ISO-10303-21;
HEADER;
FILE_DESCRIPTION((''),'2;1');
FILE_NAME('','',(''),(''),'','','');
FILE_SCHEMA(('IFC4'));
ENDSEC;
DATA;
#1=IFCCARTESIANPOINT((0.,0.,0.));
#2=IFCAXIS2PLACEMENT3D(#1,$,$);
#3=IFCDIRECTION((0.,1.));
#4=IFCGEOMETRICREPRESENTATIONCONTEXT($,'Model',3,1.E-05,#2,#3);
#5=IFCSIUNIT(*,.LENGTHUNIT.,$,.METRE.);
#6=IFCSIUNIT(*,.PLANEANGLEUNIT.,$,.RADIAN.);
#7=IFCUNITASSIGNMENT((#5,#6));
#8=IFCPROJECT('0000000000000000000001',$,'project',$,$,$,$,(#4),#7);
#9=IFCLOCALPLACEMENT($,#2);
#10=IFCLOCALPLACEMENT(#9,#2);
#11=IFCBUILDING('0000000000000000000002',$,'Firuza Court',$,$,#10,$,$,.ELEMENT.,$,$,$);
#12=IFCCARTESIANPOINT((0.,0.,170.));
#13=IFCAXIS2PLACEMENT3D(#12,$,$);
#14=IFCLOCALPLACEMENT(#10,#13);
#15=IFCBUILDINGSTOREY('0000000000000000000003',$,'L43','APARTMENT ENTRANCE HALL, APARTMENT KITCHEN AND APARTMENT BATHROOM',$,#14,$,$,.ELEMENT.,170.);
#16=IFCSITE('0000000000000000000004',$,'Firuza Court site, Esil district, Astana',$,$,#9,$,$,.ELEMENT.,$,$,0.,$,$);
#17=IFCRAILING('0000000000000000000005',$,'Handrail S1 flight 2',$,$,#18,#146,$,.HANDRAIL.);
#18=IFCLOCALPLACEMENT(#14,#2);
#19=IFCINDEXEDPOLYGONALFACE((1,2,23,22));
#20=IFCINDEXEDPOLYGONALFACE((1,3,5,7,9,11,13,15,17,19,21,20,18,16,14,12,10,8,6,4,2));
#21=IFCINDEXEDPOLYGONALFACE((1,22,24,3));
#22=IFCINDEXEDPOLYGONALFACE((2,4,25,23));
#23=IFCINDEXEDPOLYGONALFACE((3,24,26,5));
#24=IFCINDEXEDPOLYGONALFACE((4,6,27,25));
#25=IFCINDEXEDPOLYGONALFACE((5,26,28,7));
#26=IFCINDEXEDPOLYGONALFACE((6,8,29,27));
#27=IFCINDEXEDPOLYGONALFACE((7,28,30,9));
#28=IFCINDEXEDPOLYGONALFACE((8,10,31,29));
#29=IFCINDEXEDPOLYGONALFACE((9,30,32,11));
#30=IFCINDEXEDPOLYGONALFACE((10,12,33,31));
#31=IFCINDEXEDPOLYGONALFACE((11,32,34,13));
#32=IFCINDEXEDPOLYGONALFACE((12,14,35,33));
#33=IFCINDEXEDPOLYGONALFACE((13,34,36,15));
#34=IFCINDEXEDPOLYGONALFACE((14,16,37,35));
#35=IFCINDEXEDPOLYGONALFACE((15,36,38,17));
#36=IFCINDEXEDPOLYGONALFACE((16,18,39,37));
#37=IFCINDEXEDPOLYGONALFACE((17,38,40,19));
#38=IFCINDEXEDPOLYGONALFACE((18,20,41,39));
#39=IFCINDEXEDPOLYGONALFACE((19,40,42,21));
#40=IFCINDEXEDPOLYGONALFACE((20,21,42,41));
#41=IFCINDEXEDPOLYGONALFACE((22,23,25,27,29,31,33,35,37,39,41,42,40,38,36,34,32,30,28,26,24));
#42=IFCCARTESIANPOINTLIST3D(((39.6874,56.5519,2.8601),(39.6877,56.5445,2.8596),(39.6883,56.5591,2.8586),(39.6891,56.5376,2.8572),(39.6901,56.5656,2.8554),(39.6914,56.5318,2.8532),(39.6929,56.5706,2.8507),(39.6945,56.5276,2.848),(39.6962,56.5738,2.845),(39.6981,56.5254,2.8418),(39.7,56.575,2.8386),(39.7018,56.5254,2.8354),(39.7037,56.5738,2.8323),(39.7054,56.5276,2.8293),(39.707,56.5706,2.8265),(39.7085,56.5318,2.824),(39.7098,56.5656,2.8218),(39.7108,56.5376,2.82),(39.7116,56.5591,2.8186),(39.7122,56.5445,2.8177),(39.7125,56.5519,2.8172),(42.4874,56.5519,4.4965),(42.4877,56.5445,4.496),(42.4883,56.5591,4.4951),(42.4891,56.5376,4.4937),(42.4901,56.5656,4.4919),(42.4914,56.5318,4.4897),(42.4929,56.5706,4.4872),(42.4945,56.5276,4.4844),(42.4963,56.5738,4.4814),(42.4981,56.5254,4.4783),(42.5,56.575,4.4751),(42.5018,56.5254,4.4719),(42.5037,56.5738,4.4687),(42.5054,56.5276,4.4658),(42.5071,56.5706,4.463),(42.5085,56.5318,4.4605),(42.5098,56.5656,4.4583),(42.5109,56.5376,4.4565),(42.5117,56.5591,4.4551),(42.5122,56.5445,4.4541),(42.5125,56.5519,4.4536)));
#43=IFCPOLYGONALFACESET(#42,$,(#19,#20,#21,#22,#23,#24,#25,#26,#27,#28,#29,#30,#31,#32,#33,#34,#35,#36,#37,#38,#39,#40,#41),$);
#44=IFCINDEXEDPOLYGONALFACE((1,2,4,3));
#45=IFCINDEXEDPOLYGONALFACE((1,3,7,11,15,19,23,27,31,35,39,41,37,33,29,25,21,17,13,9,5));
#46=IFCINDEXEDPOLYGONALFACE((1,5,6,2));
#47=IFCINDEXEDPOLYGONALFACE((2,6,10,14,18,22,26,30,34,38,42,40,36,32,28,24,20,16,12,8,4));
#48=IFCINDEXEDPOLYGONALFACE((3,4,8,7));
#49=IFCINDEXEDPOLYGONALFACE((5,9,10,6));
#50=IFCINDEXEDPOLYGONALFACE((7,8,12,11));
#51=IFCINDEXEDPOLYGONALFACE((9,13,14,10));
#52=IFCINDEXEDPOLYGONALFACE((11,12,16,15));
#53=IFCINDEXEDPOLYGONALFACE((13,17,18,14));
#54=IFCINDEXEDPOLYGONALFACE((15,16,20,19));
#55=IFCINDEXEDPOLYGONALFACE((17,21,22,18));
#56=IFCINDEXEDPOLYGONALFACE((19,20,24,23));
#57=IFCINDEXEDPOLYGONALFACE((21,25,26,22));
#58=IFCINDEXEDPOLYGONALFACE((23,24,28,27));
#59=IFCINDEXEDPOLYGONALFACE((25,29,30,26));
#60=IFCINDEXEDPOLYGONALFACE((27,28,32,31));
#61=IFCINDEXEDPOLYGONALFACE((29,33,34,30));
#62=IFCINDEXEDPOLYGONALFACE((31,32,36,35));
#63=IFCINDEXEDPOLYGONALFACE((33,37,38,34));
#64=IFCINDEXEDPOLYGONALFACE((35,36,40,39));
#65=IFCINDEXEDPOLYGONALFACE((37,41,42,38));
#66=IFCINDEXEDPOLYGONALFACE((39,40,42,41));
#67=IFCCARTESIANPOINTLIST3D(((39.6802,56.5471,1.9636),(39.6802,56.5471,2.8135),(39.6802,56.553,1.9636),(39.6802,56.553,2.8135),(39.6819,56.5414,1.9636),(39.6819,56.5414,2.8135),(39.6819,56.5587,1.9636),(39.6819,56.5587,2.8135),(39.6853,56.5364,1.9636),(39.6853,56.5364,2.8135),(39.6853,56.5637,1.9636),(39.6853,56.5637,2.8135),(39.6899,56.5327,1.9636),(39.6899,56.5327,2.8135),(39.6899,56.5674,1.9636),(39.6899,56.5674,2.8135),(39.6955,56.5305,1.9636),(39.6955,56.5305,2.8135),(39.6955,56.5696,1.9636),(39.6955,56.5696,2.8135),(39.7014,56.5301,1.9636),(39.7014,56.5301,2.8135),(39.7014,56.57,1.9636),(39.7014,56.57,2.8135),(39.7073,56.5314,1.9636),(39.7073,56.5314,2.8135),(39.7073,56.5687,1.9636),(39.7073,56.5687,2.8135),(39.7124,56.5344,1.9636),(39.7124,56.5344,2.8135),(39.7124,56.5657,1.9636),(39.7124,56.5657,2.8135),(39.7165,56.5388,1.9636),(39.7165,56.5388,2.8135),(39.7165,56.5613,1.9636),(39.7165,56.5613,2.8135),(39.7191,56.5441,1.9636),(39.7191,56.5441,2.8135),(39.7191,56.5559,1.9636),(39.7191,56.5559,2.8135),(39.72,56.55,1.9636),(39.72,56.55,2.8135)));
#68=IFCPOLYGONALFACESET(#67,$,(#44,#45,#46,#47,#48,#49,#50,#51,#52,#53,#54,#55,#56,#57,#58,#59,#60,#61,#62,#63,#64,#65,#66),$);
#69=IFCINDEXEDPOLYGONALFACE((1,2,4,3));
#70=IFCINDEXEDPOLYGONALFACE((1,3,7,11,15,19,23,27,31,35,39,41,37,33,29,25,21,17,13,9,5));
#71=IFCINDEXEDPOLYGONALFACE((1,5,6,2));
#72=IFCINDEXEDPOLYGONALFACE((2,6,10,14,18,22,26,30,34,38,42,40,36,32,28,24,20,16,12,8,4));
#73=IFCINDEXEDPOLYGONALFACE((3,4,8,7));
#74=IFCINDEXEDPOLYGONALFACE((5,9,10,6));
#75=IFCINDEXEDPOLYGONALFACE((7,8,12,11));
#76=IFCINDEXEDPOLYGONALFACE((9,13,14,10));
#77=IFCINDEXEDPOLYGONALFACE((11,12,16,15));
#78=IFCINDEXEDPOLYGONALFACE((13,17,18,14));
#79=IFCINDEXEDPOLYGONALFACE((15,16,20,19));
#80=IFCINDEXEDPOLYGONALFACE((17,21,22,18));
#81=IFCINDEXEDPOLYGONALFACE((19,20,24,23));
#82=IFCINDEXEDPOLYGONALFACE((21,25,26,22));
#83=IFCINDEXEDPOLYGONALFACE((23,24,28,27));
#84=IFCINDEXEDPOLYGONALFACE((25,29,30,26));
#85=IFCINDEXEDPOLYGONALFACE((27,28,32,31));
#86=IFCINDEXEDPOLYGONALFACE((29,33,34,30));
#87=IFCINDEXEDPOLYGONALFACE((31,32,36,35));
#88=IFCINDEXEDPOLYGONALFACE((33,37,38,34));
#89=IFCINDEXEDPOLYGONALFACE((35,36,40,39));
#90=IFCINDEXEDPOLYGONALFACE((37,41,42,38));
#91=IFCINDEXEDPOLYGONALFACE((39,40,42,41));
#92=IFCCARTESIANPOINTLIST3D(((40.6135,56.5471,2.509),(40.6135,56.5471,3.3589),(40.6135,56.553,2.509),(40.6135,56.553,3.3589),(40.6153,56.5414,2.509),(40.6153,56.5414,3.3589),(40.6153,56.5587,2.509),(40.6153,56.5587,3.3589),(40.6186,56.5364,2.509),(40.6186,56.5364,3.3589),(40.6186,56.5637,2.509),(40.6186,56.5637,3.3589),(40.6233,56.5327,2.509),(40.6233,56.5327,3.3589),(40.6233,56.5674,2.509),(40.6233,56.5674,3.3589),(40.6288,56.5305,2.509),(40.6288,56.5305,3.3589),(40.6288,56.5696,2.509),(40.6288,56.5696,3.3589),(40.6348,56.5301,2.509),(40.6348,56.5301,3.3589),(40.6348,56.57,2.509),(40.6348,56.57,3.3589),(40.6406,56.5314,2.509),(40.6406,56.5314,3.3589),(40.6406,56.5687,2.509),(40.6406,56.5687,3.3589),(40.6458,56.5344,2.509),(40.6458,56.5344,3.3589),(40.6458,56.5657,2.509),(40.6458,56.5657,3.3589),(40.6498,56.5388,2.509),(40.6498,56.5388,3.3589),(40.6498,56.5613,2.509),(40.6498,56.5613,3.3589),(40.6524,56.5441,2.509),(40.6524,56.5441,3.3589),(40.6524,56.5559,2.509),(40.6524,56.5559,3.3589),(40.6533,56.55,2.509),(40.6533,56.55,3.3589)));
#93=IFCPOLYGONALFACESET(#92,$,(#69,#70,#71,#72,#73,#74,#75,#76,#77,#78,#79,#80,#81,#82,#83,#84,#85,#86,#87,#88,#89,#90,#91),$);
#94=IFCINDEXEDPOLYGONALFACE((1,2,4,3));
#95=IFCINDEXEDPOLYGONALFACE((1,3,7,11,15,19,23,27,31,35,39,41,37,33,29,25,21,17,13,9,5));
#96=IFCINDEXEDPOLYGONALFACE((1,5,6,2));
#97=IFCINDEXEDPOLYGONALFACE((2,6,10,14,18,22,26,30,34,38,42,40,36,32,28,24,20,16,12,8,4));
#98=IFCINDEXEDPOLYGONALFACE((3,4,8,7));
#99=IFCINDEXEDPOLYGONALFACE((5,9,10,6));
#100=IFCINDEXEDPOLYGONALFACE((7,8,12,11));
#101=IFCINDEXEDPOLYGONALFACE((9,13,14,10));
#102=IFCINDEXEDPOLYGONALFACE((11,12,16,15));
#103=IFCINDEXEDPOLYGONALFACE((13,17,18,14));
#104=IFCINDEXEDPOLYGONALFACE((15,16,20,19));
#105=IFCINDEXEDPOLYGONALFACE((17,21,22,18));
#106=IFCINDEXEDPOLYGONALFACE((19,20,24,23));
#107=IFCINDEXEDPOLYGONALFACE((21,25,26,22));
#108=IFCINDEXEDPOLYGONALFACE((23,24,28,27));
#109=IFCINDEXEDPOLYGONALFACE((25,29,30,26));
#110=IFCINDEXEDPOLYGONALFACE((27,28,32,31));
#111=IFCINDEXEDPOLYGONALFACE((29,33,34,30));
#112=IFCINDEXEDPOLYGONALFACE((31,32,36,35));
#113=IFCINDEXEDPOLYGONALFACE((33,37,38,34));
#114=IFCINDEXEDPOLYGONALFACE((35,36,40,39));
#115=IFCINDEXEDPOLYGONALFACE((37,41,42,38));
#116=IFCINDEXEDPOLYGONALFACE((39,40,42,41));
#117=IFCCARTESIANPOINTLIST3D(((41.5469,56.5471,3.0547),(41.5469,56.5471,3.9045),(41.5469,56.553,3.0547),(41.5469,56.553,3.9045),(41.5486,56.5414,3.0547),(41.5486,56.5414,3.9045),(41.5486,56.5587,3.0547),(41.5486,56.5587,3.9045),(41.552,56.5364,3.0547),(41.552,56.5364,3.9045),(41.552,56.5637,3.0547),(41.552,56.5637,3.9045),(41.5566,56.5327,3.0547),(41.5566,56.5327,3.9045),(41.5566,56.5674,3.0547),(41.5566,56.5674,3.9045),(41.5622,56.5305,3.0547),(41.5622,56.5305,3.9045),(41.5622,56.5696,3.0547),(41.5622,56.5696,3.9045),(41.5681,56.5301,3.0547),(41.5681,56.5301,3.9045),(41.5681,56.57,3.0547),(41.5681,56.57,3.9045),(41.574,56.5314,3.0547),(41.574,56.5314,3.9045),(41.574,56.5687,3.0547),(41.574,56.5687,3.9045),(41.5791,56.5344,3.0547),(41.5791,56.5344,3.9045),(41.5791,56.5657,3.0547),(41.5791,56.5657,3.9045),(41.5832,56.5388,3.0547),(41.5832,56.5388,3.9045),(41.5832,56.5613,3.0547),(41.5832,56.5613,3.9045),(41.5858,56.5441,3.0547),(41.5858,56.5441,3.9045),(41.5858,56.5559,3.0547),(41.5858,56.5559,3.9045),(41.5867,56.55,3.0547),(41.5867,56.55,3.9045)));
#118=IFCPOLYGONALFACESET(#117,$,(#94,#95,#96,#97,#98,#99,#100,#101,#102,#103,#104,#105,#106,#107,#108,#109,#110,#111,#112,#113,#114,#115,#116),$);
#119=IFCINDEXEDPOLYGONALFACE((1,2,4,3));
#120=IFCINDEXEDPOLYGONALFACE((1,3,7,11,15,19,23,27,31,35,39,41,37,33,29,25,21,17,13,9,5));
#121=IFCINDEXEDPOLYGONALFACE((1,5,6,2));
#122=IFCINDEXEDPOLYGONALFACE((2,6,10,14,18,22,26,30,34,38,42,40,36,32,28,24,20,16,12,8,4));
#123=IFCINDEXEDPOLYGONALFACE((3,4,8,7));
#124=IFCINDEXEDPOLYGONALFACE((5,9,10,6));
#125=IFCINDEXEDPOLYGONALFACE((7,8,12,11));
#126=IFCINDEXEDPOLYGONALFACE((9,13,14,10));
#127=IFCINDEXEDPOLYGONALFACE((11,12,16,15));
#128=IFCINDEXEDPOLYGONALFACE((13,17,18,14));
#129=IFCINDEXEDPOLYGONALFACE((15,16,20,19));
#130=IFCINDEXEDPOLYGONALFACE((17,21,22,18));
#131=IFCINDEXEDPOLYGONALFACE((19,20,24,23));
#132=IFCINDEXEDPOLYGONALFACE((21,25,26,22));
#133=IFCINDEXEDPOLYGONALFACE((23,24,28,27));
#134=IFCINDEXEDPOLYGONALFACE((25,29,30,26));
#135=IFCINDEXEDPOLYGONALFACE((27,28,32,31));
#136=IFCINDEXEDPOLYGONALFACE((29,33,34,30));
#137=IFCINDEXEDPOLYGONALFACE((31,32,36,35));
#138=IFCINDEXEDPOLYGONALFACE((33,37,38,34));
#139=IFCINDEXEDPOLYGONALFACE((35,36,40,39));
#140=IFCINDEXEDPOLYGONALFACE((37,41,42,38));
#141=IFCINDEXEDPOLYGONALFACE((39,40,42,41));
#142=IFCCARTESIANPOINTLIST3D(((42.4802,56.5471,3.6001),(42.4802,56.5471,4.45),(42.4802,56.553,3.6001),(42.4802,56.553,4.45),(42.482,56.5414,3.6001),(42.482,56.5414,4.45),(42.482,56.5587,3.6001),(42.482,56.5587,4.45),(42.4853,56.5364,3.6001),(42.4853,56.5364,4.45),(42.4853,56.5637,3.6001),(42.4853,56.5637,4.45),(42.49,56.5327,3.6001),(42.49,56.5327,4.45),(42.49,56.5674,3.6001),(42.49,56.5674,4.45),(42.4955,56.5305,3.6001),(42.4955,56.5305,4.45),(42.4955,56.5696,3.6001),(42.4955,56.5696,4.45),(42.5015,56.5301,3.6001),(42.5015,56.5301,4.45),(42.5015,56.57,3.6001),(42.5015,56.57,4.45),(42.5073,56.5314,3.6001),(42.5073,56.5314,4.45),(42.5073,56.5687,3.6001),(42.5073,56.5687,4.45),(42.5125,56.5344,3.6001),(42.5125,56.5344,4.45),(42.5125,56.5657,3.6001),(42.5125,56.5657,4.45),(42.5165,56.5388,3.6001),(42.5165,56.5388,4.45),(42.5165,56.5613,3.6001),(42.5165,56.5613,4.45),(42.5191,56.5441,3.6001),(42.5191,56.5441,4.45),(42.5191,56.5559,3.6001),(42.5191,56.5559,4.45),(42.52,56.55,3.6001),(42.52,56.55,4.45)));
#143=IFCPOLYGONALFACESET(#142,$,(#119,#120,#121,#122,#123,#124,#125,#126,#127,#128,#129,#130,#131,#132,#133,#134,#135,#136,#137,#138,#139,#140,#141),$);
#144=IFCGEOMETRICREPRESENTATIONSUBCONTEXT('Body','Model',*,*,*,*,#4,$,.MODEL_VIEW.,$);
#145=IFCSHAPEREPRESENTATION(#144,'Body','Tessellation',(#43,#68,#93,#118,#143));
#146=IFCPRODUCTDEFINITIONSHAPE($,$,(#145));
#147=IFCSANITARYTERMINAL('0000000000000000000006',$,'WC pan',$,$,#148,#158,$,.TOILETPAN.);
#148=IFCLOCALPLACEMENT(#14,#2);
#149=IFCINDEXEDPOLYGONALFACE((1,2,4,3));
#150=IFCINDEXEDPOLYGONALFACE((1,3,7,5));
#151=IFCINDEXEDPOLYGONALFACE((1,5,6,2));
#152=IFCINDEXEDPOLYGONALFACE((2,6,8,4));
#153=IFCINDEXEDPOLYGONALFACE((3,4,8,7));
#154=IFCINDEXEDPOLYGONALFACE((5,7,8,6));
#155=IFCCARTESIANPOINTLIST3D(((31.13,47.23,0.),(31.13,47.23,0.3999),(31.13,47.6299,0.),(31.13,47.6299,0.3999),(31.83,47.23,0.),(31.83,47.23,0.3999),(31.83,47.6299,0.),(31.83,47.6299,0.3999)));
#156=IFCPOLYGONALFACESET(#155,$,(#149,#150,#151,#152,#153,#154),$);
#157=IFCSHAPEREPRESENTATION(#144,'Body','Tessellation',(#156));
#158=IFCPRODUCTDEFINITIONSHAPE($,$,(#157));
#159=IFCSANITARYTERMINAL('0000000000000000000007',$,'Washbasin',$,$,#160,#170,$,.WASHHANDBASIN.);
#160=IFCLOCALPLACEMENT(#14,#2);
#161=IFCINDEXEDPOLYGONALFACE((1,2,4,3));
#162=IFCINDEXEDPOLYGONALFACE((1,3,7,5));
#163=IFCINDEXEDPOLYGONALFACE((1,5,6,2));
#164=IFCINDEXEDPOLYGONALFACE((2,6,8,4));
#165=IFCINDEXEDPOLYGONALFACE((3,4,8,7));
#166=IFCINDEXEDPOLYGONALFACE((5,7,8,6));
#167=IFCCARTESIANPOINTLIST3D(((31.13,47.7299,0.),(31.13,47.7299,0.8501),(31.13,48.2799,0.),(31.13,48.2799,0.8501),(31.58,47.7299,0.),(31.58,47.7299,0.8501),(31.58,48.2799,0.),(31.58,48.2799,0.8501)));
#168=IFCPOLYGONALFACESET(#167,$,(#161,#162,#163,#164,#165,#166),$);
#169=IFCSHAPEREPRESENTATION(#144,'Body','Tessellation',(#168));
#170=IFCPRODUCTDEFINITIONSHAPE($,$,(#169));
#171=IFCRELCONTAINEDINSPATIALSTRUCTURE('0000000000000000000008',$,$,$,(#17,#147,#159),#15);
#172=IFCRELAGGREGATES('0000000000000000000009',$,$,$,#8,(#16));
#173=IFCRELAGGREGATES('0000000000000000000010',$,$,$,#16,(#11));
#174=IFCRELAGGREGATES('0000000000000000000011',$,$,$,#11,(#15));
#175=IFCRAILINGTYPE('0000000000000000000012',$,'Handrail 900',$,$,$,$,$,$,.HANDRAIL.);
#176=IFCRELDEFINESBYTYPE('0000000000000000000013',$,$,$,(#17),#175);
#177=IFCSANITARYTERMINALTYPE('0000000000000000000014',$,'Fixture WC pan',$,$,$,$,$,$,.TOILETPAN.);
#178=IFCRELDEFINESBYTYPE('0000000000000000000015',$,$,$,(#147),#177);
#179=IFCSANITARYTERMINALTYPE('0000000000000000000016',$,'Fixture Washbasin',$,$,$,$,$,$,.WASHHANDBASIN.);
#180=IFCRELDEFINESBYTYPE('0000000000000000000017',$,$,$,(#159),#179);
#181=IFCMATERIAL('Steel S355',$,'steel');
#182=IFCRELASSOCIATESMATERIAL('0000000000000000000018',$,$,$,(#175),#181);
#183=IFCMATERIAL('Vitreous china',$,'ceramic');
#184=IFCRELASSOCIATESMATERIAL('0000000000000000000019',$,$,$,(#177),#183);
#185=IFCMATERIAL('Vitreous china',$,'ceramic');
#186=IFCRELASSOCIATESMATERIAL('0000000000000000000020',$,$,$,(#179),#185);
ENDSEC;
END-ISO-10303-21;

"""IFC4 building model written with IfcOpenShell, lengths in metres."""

from ifc_helpers import new_model, si_unit, direction, frame, origin, origin_2d, place, context, subcontext, project, spatial, rectangle, circle, extrude, material, type_object, element, save


model = new_model("IFC4")

# Units and contexts
model_context = context("Model", 3, precision=1e-05, world=origin(), true_north=direction((0.0, 1.0)))
body_context = subcontext(model_context, "Body", "Model", "MODEL_VIEW")
ifc_project = project(units=[si_unit("LENGTHUNIT", "METRE"), si_unit("PLANEANGLEUNIT", "RADIAN")], contexts=[model_context])

# Site, building, storey
site_placement = place(None, origin())
site = spatial("IfcSite", under=ifc_project, at=site_placement, Name="Firuza Court site, Esil district, Astana", CompositionType="ELEMENT", RefElevation=0.0)
building_placement = place(site_placement, origin())
building = spatial("IfcBuilding", under=site, at=building_placement, Name="Firuza Court", CompositionType="ELEMENT")
storey_placement = place(building_placement, frame((0.0, 0.0, 170.0)))
storey = spatial("IfcBuildingStorey", under=building, at=storey_placement, Name="L43", Description="APARTMENT ENTRANCE HALL, APARTMENT KITCHEN AND APARTMENT BATHROOM", CompositionType="ELEMENT", Elevation=170.0)

# Railing
ifc_material_1 = material(Name="Steel S355", Category="steel")
railing_type = type_object("IfcRailingType", Name="Handrail 900", PredefinedType="HANDRAIL", material=ifc_material_1)
railing_placement = place(storey_placement, frame((39.7, 56.55, 1.9636)))
element("IfcRailing", 1, at=railing_placement, inside=storey, type_object=railing_type, Name="Handrail S1 flight 2", PredefinedType="HANDRAIL", context=body_context, shape_type="SweptSolid", body=[
    extrude(circle(Radius=0.0249, at=origin_2d()), frame((0.0, 0.0, 0.875), z_axis=(0.863361, 0.0, 0.504587), x_axis=(0.0, 1.0, 0.0)), (0.0, 0.0, 1.0), 3.2432),
    extrude(circle(Radius=0.02, at=origin_2d()), origin(), (0.0, 0.0, 1.0), 0.8499),
    extrude(circle(Radius=0.02, at=origin_2d()), frame((0.9333, 0.0, 0.5454)), (0.0, 0.0, 1.0), 0.8499),
    extrude(circle(Radius=0.02, at=origin_2d()), frame((1.8667, 0.0, 1.0911)), (0.0, 0.0, 1.0), 0.8499),
    extrude(circle(Radius=0.02, at=origin_2d()), frame((2.8, 0.0, 1.6365)), (0.0, 0.0, 1.0), 0.8499),
])

# Sanitary terminals
ifc_material_2 = material(Name="Vitreous china", Category="ceramic")
sanitary_terminal_type_1 = type_object("IfcSanitaryTerminalType", Name="Fixture WC pan", PredefinedType="TOILETPAN", material=ifc_material_2)
sanitary_terminal_1_placement = place(storey_placement, frame((31.48, 47.4299, 0.0), z_axis=(0.0, 0.0, 1.0), x_axis=(1.0, 0.0, 0.0)))
element("IfcSanitaryTerminal", 2, at=sanitary_terminal_1_placement, inside=storey, type_object=sanitary_terminal_type_1, Name="WC pan", PredefinedType="TOILETPAN", context=body_context, shape_type="SweptSolid", body=[
    extrude(rectangle(XDim=0.7, YDim=0.3999, at=origin_2d()), origin(), (0.0, 0.0, 1.0), 0.3999),
])
ifc_material_3 = material(Name="Vitreous china", Category="ceramic")
sanitary_terminal_type_2 = type_object("IfcSanitaryTerminalType", Name="Fixture Washbasin", PredefinedType="WASHHANDBASIN", material=ifc_material_3)
sanitary_terminal_2_placement = place(storey_placement, frame((31.355, 48.0049, 0.0), z_axis=(0.0, 0.0, 1.0), x_axis=(1.0, 0.0, 0.0)))
element("IfcSanitaryTerminal", 3, at=sanitary_terminal_2_placement, inside=storey, type_object=sanitary_terminal_type_2, Name="Washbasin", PredefinedType="WASHHANDBASIN", context=body_context, shape_type="SweptSolid", body=[
    extrude(rectangle(XDim=0.45, YDim=0.55, at=origin_2d()), origin(), (0.0, 0.0, 1.0), 0.8501),
])

save(model, "model.ifc")
